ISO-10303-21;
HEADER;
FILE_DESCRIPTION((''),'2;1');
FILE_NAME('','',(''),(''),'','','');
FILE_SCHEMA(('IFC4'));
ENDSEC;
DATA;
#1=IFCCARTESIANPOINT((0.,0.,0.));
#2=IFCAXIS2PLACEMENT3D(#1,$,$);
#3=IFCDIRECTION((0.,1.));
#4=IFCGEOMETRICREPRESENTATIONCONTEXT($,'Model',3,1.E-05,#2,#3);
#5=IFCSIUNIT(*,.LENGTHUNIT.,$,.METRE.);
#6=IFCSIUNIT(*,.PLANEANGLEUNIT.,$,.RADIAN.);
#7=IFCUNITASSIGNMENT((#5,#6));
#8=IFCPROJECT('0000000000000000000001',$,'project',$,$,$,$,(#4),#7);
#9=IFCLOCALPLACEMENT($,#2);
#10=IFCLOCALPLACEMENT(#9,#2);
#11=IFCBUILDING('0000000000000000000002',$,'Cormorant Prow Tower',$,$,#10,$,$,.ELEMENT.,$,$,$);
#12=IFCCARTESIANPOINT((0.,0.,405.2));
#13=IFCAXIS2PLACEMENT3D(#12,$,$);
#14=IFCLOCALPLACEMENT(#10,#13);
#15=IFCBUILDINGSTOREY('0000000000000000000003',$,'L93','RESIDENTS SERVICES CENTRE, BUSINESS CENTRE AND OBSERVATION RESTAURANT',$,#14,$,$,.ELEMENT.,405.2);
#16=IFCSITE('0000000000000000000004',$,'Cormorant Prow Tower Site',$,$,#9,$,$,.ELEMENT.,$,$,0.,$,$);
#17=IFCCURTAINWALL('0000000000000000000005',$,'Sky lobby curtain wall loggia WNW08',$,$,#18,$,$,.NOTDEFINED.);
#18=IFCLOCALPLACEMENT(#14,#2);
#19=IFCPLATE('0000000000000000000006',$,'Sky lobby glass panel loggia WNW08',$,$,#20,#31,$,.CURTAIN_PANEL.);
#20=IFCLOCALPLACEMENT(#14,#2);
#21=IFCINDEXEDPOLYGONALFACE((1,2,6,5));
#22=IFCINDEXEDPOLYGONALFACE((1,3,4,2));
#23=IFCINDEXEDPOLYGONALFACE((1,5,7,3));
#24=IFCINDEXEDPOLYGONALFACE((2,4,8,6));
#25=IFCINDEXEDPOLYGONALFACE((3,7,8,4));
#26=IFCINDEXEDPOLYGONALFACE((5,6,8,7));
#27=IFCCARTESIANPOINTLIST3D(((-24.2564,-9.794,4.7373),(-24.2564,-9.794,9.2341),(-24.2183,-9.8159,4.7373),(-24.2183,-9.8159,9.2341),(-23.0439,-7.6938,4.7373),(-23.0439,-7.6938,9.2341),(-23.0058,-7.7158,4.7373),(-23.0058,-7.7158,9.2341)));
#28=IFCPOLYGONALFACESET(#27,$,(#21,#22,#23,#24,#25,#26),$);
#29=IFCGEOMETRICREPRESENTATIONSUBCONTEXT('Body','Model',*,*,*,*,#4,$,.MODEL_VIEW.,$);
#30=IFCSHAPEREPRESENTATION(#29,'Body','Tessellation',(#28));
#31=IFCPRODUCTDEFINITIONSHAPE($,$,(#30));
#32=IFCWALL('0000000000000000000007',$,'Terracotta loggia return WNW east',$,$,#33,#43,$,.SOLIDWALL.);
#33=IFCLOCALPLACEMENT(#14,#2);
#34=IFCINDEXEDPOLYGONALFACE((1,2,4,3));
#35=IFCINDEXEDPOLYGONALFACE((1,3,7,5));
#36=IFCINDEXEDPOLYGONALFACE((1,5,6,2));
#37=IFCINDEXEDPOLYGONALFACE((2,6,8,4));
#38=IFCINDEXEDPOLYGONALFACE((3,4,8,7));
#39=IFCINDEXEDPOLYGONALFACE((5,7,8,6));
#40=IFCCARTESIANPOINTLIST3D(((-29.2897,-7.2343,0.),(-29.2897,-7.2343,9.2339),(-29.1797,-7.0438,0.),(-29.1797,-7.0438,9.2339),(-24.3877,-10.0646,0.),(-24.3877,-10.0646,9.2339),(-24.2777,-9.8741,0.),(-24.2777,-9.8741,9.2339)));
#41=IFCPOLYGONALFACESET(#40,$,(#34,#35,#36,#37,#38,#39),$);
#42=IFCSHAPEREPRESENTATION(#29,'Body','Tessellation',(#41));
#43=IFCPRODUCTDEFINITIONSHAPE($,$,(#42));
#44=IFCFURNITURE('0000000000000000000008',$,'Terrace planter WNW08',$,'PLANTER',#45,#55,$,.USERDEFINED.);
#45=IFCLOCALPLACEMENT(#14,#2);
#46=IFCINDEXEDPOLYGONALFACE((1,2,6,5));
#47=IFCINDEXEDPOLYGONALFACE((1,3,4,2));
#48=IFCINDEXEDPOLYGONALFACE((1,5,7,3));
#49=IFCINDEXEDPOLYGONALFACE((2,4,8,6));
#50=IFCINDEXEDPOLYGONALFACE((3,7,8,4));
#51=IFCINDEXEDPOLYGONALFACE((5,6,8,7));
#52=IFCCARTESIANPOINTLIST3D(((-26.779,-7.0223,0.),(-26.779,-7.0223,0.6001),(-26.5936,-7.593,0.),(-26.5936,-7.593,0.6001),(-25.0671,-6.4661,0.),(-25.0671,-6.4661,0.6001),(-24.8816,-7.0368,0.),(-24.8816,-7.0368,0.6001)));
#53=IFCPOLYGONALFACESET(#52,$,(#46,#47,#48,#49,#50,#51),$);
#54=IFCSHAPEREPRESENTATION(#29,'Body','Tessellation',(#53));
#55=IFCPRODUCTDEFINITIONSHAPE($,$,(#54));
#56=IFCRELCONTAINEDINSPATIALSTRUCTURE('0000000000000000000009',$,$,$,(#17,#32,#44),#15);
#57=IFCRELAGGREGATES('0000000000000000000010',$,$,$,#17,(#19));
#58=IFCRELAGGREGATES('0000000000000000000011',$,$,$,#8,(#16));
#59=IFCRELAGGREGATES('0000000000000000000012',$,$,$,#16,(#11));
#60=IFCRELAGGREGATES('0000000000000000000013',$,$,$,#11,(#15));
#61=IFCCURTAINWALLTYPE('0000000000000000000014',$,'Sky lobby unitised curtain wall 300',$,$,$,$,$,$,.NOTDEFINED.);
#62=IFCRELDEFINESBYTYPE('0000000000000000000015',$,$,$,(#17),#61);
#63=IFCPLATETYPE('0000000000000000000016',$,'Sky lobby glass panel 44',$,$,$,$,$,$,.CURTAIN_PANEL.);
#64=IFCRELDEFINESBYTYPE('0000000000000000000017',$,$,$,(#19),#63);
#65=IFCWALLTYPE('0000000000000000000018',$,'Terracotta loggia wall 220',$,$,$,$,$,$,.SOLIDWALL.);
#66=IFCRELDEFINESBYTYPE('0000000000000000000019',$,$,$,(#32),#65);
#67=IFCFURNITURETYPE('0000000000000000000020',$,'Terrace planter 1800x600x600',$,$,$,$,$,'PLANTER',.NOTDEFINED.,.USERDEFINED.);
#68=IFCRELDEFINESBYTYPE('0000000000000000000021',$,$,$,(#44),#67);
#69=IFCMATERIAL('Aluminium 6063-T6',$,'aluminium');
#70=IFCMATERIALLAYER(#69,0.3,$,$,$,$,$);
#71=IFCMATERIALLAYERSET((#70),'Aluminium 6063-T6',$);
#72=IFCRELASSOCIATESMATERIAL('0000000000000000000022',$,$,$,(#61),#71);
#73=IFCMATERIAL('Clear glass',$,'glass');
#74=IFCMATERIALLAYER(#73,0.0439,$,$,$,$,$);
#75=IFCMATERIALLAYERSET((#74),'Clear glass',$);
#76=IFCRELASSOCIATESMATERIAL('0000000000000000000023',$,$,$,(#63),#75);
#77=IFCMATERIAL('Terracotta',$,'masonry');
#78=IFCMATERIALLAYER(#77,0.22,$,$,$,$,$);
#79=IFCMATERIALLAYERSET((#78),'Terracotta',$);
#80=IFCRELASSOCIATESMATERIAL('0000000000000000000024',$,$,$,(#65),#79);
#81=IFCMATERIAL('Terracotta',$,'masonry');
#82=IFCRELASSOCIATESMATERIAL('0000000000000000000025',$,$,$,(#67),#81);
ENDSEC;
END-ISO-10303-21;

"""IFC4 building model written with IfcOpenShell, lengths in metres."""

from ifc_helpers import new_model, si_unit, direction, frame, frame_2d, origin, origin_2d, place, context, subcontext, project, spatial, rectangle, extrude, material, layer, layer_set, type_object, element, aggregate, save


model = new_model("IFC4")

# Units and contexts
model_context = context("Model", 3, precision=1e-05, world=origin(), true_north=direction((0.0, 1.0)))
body_context = subcontext(model_context, "Body", "Model", "MODEL_VIEW")
ifc_project = project(units=[si_unit("LENGTHUNIT", "METRE"), si_unit("PLANEANGLEUNIT", "RADIAN")], contexts=[model_context])

# Site, building, storey
site_placement = place(None, origin())
site = spatial("IfcSite", under=ifc_project, at=site_placement, Name="Cormorant Prow Tower Site", CompositionType="ELEMENT", RefElevation=0.0)
building_placement = place(site_placement, origin())
building = spatial("IfcBuilding", under=site, at=building_placement, Name="Cormorant Prow Tower", CompositionType="ELEMENT")
storey_placement = place(building_placement, frame((0.0, 0.0, 405.2)))
storey = spatial("IfcBuildingStorey", under=building, at=storey_placement, Name="L93", Description="RESIDENTS SERVICES CENTRE, BUSINESS CENTRE AND OBSERVATION RESTAURANT", CompositionType="ELEMENT", Elevation=405.2)

# Curtain wall
ifc_material_1 = material(Name="Aluminium 6063-T6", Category="aluminium")
ifc_layer_1 = layer(ifc_material_1, 0.3)
ifc_layer_set_1 = layer_set([ifc_layer_1], Name="Aluminium 6063-T6")
curtain_wall_type = type_object("IfcCurtainWallType", Name="Sky lobby unitised curtain wall 300", PredefinedType="NOTDEFINED", material=ifc_layer_set_1)
curtain_wall_1_placement = place(storey_placement, origin())
curtain_wall_1 = element("IfcCurtainWall", 1, at=curtain_wall_1_placement, inside=storey, type_object=curtain_wall_type, Name="Sky lobby curtain wall loggia WNW08", PredefinedType="NOTDEFINED")

# Plate
ifc_material_2 = material(Name="Clear glass", Category="glass")
ifc_layer_2 = layer(ifc_material_2, 0.0439)
ifc_layer_set_2 = layer_set([ifc_layer_2], Name="Clear glass")
plate_type = type_object("IfcPlateType", Name="Sky lobby glass panel 44", PredefinedType="CURTAIN_PANEL", material=ifc_layer_set_2)
plate_1_placement = place(storey_placement, frame((-23.6311, -8.7549, 4.7373), z_axis=(0.0, 0.0, 1.0), x_axis=(-0.5, -0.866025, 0.0)))
plate_1 = element("IfcPlate", 2, at=plate_1_placement, type_object=plate_type, Name="Sky lobby glass panel loggia WNW08", PredefinedType="CURTAIN_PANEL", context=body_context, shape_type="SweptSolid", body=[
    extrude(rectangle(XDim=2.425, YDim=0.0439, at=origin_2d()), origin(), (0.0, 0.0, 1.0), 4.4968),
])
aggregate(curtain_wall_1, [plate_1])

# Wall
ifc_material_3 = material(Name="Terracotta", Category="masonry")
ifc_layer_3 = layer(ifc_material_3, 0.22)
ifc_layer_set_3 = layer_set([ifc_layer_3], Name="Terracotta")
wall_type = type_object("IfcWallType", Name="Terracotta loggia wall 220", PredefinedType="SOLIDWALL", material=ifc_layer_set_3)
wall_placement = place(storey_placement, frame((-29.2346, -7.1392, 0.0), z_axis=(0.0, 0.0, 1.0), x_axis=(0.866018, -0.500012, 0.0)))
element("IfcWall", 3, at=wall_placement, inside=storey, type_object=wall_type, Name="Terracotta loggia return WNW east", PredefinedType="SOLIDWALL", context=body_context, shape_type="SweptSolid", body=[
    extrude(rectangle(XDim=5.6604, YDim=0.22, at=frame_2d((2.8301, 0.0))), origin(), (0.0, 0.0, 1.0), 9.2339),
])

# Furniture
ifc_material_4 = material(Name="Terracotta", Category="masonry")
furniture_type = type_object("IfcFurnitureType", Name="Terrace planter 1800x600x600", ElementType="PLANTER", AssemblyPlace="NOTDEFINED", PredefinedType="USERDEFINED", material=ifc_material_4)
furniture_placement = place(storey_placement, frame((-25.8303, -7.0295, 0.0), z_axis=(0.0, 0.0, 1.0), x_axis=(-0.951057, -0.309017, 0.0)))
element("IfcFurniture", 4, at=furniture_placement, inside=storey, type_object=furniture_type, Name="Terrace planter WNW08", ObjectType="PLANTER", PredefinedType="USERDEFINED", context=body_context, shape_type="SweptSolid", body=[
    extrude(rectangle(XDim=1.8, YDim=0.6001, at=origin_2d()), origin(), (0.0, 0.0, 1.0), 0.6001),
])

save(model, "model.ifc")
